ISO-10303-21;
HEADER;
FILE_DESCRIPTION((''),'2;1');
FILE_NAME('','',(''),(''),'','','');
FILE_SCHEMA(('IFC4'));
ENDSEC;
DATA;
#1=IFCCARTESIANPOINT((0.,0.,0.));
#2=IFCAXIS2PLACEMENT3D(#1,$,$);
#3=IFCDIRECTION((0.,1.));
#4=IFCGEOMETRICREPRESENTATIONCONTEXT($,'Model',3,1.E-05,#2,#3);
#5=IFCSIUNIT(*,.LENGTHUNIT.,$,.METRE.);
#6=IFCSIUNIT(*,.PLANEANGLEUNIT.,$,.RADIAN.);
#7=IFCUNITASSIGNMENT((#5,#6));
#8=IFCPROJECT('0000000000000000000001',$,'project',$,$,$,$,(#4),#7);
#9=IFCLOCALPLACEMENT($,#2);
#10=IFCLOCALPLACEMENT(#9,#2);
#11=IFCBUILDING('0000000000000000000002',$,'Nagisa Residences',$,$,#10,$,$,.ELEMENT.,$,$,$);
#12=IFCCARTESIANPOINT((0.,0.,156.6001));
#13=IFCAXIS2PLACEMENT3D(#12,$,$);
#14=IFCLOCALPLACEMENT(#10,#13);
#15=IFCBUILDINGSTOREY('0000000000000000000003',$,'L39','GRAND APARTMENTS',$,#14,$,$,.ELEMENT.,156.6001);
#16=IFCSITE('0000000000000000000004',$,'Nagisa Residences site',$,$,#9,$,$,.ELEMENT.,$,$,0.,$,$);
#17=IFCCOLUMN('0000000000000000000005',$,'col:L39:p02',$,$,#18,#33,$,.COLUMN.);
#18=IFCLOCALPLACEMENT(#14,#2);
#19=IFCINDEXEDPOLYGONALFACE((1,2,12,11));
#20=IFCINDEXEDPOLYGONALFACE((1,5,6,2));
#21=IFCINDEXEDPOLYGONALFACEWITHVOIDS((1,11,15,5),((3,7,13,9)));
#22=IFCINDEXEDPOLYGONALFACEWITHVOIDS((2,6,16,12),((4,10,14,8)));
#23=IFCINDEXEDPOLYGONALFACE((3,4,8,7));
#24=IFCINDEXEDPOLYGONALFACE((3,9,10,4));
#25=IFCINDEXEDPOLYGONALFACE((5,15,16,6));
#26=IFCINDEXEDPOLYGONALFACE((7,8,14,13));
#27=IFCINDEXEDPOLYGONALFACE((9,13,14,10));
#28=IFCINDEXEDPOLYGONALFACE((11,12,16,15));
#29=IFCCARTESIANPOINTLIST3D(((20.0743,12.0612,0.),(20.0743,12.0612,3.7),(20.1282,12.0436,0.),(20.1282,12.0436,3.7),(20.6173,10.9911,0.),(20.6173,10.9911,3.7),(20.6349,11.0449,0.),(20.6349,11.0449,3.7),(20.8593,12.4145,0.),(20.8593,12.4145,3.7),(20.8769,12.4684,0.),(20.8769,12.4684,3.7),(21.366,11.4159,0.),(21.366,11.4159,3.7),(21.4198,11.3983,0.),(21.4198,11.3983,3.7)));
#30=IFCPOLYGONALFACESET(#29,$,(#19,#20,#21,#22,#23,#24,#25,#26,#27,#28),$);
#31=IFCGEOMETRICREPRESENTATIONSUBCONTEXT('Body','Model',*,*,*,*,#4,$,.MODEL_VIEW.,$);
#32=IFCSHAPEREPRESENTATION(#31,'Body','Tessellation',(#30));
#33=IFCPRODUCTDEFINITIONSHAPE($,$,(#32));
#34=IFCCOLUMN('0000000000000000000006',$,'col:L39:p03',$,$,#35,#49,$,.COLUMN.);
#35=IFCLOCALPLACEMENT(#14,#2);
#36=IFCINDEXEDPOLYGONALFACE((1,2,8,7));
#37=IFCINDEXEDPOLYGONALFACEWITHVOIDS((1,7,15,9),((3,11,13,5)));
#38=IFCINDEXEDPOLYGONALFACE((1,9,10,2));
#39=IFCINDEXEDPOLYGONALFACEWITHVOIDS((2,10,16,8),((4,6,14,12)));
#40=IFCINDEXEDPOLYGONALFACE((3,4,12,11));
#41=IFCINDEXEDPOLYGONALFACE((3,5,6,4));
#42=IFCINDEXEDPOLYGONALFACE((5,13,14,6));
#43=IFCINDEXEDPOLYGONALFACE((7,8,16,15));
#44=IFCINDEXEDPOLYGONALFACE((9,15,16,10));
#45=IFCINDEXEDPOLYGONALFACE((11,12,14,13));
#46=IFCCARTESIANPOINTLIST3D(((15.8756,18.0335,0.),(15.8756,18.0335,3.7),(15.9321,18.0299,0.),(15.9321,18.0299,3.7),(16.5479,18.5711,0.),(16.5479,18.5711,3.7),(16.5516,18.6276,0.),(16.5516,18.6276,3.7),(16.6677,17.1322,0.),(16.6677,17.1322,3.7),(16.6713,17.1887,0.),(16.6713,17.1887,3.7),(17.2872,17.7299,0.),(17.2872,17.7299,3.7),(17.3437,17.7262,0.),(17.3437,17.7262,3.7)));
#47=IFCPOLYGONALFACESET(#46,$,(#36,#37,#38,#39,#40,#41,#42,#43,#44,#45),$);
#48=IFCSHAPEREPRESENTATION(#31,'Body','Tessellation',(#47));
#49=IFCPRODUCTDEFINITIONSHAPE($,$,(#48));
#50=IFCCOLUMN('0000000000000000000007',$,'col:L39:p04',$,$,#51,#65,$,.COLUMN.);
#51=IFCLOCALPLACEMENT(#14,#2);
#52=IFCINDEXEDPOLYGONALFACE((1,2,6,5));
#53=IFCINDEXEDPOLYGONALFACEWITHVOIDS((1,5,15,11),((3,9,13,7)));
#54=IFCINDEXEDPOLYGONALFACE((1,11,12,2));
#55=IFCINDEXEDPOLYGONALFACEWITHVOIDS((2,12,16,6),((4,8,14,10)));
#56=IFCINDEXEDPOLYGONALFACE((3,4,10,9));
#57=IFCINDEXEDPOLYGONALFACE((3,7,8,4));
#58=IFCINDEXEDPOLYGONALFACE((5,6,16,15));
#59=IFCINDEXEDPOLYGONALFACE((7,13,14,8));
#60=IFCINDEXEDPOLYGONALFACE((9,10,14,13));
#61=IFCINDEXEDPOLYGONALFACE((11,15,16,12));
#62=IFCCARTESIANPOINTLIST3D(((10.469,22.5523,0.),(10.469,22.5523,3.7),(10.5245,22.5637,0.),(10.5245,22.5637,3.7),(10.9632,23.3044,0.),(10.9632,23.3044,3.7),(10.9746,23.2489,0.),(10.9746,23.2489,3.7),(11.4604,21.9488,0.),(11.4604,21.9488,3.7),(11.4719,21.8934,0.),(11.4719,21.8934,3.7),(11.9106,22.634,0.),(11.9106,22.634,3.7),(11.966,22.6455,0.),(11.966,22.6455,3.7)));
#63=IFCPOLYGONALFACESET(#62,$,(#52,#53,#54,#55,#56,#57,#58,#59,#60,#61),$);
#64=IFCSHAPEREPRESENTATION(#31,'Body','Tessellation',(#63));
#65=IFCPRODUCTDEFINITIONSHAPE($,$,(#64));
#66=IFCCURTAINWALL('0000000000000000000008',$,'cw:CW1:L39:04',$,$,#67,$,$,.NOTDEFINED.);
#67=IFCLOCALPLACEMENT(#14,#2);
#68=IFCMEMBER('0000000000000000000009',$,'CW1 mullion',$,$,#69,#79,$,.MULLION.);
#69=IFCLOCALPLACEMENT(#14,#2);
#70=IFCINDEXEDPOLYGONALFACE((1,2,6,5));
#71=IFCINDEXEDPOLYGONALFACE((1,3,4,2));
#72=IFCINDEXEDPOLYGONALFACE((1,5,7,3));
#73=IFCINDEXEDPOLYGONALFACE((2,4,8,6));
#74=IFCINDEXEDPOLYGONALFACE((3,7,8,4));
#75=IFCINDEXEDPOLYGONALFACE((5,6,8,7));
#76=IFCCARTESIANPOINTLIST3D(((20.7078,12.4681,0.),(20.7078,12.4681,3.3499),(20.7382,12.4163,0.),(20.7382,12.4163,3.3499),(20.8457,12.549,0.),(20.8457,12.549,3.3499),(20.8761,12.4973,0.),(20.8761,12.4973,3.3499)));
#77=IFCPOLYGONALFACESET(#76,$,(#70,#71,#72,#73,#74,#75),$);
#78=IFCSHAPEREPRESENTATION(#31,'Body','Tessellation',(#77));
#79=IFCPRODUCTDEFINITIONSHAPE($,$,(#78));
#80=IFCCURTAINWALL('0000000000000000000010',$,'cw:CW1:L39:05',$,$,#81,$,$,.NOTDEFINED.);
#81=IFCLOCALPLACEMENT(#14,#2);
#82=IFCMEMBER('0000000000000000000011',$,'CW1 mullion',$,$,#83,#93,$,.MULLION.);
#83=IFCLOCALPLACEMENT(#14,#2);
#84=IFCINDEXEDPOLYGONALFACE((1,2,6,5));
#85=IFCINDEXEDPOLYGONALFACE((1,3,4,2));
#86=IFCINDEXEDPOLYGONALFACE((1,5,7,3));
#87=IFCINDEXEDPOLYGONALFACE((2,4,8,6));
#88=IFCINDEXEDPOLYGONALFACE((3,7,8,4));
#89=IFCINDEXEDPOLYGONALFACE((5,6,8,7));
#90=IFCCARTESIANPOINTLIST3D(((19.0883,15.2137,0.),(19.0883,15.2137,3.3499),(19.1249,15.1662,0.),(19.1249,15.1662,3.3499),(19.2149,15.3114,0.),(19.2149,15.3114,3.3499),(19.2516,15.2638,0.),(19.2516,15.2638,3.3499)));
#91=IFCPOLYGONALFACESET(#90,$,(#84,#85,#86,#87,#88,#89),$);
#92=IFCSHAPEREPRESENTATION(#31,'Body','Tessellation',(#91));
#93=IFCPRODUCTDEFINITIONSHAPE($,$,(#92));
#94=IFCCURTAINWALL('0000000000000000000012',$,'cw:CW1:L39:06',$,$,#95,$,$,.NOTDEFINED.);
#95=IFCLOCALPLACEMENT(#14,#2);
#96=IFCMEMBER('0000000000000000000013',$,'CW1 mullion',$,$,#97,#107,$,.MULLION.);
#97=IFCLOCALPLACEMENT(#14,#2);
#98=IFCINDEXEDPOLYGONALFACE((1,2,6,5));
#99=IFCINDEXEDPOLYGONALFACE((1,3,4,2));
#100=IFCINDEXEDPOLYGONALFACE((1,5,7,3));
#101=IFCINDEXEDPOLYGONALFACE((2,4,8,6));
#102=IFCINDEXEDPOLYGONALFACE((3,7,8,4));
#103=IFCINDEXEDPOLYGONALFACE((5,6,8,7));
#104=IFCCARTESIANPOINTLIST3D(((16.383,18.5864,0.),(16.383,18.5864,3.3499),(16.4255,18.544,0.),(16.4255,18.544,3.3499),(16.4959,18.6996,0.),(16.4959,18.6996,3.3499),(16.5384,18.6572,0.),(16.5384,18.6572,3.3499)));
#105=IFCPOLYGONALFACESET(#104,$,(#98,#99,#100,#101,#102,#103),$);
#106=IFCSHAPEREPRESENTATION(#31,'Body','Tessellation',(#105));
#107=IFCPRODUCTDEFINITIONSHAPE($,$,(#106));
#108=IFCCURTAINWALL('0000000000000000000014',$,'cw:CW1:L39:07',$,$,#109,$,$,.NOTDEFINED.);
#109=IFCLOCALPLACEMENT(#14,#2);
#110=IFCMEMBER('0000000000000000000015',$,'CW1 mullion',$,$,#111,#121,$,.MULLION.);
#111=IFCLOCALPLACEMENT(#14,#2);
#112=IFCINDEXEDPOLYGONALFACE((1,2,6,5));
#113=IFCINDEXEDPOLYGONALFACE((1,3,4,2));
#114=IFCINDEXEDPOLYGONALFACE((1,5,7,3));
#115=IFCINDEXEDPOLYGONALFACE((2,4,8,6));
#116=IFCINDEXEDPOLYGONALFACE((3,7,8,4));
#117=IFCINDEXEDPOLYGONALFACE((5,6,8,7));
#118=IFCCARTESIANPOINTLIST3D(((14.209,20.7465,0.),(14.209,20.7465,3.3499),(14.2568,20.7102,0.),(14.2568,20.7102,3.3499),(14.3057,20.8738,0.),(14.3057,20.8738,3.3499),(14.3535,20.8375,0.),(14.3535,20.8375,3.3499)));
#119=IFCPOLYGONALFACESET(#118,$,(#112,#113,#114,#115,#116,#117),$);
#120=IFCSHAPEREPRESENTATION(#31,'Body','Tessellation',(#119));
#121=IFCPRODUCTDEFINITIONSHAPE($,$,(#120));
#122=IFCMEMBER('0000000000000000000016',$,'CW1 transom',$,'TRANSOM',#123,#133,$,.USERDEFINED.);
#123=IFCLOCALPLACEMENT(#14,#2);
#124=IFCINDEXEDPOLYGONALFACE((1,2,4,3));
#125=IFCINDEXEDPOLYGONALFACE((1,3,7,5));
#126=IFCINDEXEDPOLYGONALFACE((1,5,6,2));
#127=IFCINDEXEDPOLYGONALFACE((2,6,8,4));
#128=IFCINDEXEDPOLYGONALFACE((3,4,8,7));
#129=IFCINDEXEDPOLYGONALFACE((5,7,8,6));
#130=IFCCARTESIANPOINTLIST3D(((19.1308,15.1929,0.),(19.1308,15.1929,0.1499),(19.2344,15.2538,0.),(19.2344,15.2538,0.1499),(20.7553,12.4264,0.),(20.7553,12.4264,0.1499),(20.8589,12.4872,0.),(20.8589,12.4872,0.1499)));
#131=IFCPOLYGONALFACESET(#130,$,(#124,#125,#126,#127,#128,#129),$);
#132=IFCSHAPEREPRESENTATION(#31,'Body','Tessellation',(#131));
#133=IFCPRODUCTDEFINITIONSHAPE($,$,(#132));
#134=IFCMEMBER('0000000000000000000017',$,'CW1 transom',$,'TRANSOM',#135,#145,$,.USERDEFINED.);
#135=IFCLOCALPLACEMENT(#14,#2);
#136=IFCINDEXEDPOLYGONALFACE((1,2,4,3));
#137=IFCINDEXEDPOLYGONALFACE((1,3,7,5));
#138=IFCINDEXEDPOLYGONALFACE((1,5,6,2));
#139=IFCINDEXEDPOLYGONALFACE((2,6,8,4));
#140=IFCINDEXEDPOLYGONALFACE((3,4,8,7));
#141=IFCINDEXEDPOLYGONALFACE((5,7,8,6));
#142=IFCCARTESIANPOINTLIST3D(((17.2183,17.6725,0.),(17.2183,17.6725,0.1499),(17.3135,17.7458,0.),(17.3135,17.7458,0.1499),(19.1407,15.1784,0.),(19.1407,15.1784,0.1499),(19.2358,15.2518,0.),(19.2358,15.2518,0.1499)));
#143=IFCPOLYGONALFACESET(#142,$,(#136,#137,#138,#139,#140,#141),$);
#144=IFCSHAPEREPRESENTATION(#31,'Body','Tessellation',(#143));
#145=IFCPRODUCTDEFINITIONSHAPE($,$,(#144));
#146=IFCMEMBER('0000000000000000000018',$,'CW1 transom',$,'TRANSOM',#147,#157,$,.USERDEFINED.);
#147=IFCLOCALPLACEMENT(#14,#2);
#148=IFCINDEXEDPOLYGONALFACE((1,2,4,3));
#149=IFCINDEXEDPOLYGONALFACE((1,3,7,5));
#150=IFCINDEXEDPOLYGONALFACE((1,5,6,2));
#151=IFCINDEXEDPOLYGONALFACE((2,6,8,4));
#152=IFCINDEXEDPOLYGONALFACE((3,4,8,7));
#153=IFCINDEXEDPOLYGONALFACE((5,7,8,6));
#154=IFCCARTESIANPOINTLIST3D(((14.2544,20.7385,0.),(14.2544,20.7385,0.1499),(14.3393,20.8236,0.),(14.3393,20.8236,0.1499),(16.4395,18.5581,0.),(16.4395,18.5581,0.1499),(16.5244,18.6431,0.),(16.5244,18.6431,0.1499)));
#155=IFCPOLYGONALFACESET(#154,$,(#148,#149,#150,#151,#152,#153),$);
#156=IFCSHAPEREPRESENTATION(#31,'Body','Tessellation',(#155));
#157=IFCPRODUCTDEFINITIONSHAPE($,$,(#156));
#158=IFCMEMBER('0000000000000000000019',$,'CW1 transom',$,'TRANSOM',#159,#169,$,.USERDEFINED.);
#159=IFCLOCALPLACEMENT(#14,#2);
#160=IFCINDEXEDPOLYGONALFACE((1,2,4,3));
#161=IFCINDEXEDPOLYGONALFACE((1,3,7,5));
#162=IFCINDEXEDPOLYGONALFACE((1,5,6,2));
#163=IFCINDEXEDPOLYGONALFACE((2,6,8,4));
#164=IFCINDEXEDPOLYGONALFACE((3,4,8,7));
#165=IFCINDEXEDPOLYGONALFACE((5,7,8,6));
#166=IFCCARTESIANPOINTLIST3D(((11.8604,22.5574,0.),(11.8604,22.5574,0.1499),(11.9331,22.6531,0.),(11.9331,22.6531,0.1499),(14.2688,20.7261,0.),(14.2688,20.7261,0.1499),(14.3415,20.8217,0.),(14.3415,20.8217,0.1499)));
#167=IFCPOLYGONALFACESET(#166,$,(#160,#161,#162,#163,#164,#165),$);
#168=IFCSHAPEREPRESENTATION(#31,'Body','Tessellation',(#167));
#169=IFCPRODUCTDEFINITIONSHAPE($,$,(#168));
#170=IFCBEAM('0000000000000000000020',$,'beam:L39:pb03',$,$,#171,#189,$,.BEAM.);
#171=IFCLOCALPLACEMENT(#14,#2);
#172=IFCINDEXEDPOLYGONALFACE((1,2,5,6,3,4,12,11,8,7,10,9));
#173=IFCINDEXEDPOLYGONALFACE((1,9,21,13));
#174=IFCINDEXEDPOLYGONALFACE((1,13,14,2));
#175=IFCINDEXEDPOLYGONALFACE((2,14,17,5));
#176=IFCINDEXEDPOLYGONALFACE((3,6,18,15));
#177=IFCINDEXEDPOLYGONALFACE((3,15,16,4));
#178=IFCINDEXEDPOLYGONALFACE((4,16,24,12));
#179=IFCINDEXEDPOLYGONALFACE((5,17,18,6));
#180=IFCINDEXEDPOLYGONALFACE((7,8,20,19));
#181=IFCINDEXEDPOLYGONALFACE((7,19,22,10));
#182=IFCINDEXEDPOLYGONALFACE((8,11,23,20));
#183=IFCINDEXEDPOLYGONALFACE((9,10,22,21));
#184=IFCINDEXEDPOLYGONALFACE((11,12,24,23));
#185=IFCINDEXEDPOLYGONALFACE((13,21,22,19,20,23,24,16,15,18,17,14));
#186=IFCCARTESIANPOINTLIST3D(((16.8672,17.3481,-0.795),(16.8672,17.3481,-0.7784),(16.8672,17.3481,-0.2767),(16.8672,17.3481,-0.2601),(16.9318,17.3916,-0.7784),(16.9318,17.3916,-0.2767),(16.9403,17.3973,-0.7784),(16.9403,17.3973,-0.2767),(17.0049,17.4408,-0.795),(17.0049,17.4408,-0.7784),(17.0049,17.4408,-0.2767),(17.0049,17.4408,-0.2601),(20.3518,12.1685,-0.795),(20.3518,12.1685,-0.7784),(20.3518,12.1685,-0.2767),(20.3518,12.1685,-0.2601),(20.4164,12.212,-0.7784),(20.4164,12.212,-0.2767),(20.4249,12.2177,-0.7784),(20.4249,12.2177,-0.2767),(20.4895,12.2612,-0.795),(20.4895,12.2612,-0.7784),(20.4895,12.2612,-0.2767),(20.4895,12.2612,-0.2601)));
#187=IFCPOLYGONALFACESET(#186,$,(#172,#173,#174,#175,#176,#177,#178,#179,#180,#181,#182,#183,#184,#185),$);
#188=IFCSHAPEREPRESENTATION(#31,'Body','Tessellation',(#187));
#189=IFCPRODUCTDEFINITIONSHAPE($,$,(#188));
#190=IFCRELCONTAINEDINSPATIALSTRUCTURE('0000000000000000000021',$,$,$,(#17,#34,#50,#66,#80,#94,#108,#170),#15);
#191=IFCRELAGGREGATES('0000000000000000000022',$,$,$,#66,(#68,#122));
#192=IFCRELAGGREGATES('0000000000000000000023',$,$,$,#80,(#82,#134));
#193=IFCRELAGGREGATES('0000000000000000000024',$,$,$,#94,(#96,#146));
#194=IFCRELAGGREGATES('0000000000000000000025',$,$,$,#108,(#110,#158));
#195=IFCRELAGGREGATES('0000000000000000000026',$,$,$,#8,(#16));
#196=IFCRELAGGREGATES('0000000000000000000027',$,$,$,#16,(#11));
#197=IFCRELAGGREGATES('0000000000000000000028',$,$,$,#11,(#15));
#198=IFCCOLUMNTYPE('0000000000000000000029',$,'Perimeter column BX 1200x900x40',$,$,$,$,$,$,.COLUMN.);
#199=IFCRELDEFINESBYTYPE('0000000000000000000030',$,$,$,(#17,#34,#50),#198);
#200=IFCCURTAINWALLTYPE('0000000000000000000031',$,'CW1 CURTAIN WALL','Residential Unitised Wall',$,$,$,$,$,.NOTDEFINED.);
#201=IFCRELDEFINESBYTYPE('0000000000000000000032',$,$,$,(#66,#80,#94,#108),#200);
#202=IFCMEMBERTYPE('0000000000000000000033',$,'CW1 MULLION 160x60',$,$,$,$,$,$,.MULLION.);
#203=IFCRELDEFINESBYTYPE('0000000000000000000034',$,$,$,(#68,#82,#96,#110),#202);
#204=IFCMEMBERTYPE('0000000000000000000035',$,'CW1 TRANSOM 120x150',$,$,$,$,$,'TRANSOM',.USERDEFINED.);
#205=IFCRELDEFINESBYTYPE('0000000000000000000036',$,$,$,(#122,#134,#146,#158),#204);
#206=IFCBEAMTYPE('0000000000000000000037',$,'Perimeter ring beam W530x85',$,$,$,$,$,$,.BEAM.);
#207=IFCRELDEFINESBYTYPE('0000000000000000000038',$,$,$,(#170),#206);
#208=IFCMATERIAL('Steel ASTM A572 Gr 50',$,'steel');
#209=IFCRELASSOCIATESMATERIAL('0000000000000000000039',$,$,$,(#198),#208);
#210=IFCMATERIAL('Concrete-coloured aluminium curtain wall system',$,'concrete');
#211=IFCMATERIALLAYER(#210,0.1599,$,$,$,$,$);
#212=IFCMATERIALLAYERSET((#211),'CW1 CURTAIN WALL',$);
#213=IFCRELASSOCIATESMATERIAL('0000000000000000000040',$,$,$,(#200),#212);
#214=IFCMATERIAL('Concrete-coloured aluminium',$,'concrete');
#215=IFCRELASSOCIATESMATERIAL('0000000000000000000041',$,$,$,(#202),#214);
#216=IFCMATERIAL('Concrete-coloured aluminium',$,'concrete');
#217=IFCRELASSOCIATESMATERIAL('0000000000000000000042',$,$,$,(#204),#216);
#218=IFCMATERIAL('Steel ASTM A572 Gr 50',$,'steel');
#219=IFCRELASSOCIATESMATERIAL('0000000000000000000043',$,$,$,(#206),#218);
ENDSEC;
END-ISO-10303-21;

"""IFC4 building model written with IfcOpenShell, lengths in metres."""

from ifc_helpers import new_model, si_unit, direction, frame, origin, origin_2d, place, context, subcontext, project, spatial, rectangle, hollow_rectangle, i_section, extrude, material, layer, layer_set, material_profile, profile_set, type_object, element, aggregate, save


model = new_model("IFC4")

# Units and contexts
model_context = context("Model", 3, precision=1e-05, world=origin(), true_north=direction((0.0, 1.0)))
body_context = subcontext(model_context, "Body", "Model", "MODEL_VIEW")
ifc_project = project(units=[si_unit("LENGTHUNIT", "METRE"), si_unit("PLANEANGLEUNIT", "RADIAN")], contexts=[model_context])

# Site, building, storey
site_placement = place(None, origin())
site = spatial("IfcSite", under=ifc_project, at=site_placement, Name="Nagisa Residences site", CompositionType="ELEMENT", RefElevation=0.0)
building_placement = place(site_placement, origin())
building = spatial("IfcBuilding", under=site, at=building_placement, Name="Nagisa Residences", CompositionType="ELEMENT")
storey_placement = place(building_placement, frame((0.0, 0.0, 156.6001)))
storey = spatial("IfcBuildingStorey", under=building, at=storey_placement, Name="L39", Description="GRAND APARTMENTS", CompositionType="ELEMENT", Elevation=156.6001)

# Columns
ifc_material_1 = material(Name="Steel ASTM A572 Gr 50", Category="steel")
ifc_material_profile_1 = material_profile(ifc_material_1, hollow_rectangle(XDim=1.2, YDim=0.8999, WallThickness=0.04, at=origin_2d()), Name="BX 1200x900x40")
ifc_profile_set_1 = profile_set([ifc_material_profile_1], Name="Steel ASTM A572 Gr 50")
column_type = type_object("IfcColumnType", Name="Perimeter column BX 1200x900x40", PredefinedType="COLUMN", material=ifc_profile_set_1)
for number, where, z_axis, x_axis, name in (
    (1, (20.7471, 11.7297, 0.0), (0.0, 0.0, 1.0), (-0.452463, 0.891783, 0.0), "col:L39:p02"),
    (2, (16.6096, 17.8799, 0.0), (0.0, 0.0, 1.0), (-0.660115, 0.751165, 0.0), "col:L39:p03"),
    (3, (11.2175, 22.5989, 0.0), (0.0, 0.0, 1.0), (-0.835766, 0.549086, 0.0), "col:L39:p04"),
):
    element("IfcColumn", number, at=place(storey_placement, frame(where, z_axis=z_axis, x_axis=x_axis)), inside=storey, type_object=column_type, Name=name, PredefinedType="COLUMN", context=body_context, shape_type="SweptSolid", body=[
        extrude(hollow_rectangle(XDim=1.2, YDim=0.8999, WallThickness=0.04, at=origin_2d()), origin(), (0.0, 0.0, 1.0), 3.7),
    ])

# Curtain walls, members
ifc_material_2 = material(Name="Concrete-coloured aluminium curtain wall system", Category="concrete")
ifc_layer_1 = layer(ifc_material_2, 0.1599)
ifc_layer_set_1 = layer_set([ifc_layer_1], Name="CW1 CURTAIN WALL")
curtain_wall_type = type_object("IfcCurtainWallType", Name="CW1 CURTAIN WALL", Description="Residential Unitised Wall", PredefinedType="NOTDEFINED", material=ifc_layer_set_1)
curtain_wall_1_placement = place(storey_placement, origin())
curtain_wall_1 = element("IfcCurtainWall", 4, at=curtain_wall_1_placement, inside=storey, type_object=curtain_wall_type, Name="cw:CW1:L39:04", PredefinedType="NOTDEFINED")
ifc_material_3 = material(Name="Concrete-coloured aluminium", Category="concrete")
ifc_material_profile_2 = material_profile(ifc_material_3, rectangle(XDim=0.1599, YDim=0.0601, at=origin_2d()), Name="CW1 MULLION 160x60")
ifc_profile_set_2 = profile_set([ifc_material_profile_2], Name="Concrete-coloured aluminium")
member_type_1 = type_object("IfcMemberType", Name="CW1 MULLION 160x60", PredefinedType="MULLION", material=ifc_profile_set_2)
member_1_placement = place(storey_placement, frame((20.792, 12.4827, 0.0), z_axis=(0.0, 0.0, 1.0), x_axis=(-0.862329, -0.506349, 0.0)))
member_1 = element("IfcMember", 5, at=member_1_placement, type_object=member_type_1, Name="CW1 mullion", PredefinedType="MULLION", context=body_context, shape_type="SweptSolid", body=[
    extrude(rectangle(XDim=0.1599, YDim=0.0601, at=origin_2d()), origin(), (0.0, 0.0, 1.0), 3.3499),
])
curtain_wall_2_placement = place(storey_placement, origin())
curtain_wall_2 = element("IfcCurtainWall", 6, at=curtain_wall_2_placement, inside=storey, type_object=curtain_wall_type, Name="cw:CW1:L39:05", PredefinedType="NOTDEFINED")
member_2_placement = place(storey_placement, frame((19.1699, 15.2388, 0.0), z_axis=(0.0, 0.0, 1.0), x_axis=(-0.79207, -0.61043, 0.0)))
member_2 = element("IfcMember", 7, at=member_2_placement, type_object=member_type_1, Name="CW1 mullion", PredefinedType="MULLION", context=body_context, shape_type="SweptSolid", body=[
    extrude(rectangle(XDim=0.1599, YDim=0.0601, at=origin_2d()), origin(), (0.0, 0.0, 1.0), 3.3499),
])
curtain_wall_3_placement = place(storey_placement, origin())
curtain_wall_3 = element("IfcCurtainWall", 8, at=curtain_wall_3_placement, inside=storey, type_object=curtain_wall_type, Name="cw:CW1:L39:06", PredefinedType="NOTDEFINED")
member_3_placement = place(storey_placement, frame((16.4607, 18.6218, 0.0), z_axis=(0.0, 0.0, 1.0), x_axis=(-0.706377, -0.707836, 0.0)))
member_3 = element("IfcMember", 9, at=member_3_placement, type_object=member_type_1, Name="CW1 mullion", PredefinedType="MULLION", context=body_context, shape_type="SweptSolid", body=[
    extrude(rectangle(XDim=0.1599, YDim=0.0601, at=origin_2d()), origin(), (0.0, 0.0, 1.0), 3.3499),
])
curtain_wall_4_placement = place(storey_placement, origin())
curtain_wall_4 = element("IfcCurtainWall", 10, at=curtain_wall_4_placement, inside=storey, type_object=curtain_wall_type, Name="cw:CW1:L39:07", PredefinedType="NOTDEFINED")
member_4_placement = place(storey_placement, frame((14.2812, 20.792, 0.0), z_axis=(0.0, 0.0, 1.0), x_axis=(-0.605255, -0.796031, 0.0)))
member_4 = element("IfcMember", 11, at=member_4_placement, type_object=member_type_1, Name="CW1 mullion", PredefinedType="MULLION", context=body_context, shape_type="SweptSolid", body=[
    extrude(rectangle(XDim=0.1599, YDim=0.0601, at=origin_2d()), origin(), (0.0, 0.0, 1.0), 3.3499),
])

# Members
ifc_material_4 = material(Name="Concrete-coloured aluminium", Category="concrete")
ifc_material_profile_3 = material_profile(ifc_material_4, rectangle(XDim=0.1201, YDim=0.1499, at=origin_2d()), Name="CW1 TRANSOM 120x150")
ifc_profile_set_3 = profile_set([ifc_material_profile_3], Name="Concrete-coloured aluminium")
member_type_2 = type_object("IfcMemberType", Name="CW1 TRANSOM 120x150", ElementType="TRANSOM", PredefinedType="USERDEFINED", material=ifc_profile_set_3)
member_5_placement = place(storey_placement, frame((20.8071, 12.4568, 0.075), z_axis=(-0.506348, 0.862329, 0.0), x_axis=(-0.862329, -0.506348, 0.0)))
member_5 = element("IfcMember", 12, at=member_5_placement, type_object=member_type_2, Name="CW1 transom", ObjectType="TRANSOM", PredefinedType="USERDEFINED", context=body_context, shape_type="SweptSolid", body=[
    extrude(rectangle(XDim=0.1201, YDim=0.1499, at=origin_2d()), origin(), (0.0, 0.0, 1.0), 3.2083),
])
member_6_placement = place(storey_placement, frame((19.1882, 15.2151, 0.075), z_axis=(-0.610467, 0.792041, 0.0), x_axis=(-0.792041, -0.610467, 0.0)))
member_6 = element("IfcMember", 13, at=member_6_placement, type_object=member_type_2, Name="CW1 transom", ObjectType="TRANSOM", PredefinedType="USERDEFINED", context=body_context, shape_type="SweptSolid", body=[
    extrude(rectangle(XDim=0.1201, YDim=0.1499, at=origin_2d()), origin(), (0.0, 0.0, 1.0), 3.1489),
])
member_7_placement = place(storey_placement, frame((16.4819, 18.6006, 0.075), z_axis=(-0.707858, 0.706355, 0.0), x_axis=(-0.706355, -0.707858, 0.0)))
member_7 = element("IfcMember", 14, at=member_7_placement, type_object=member_type_2, Name="CW1 transom", ObjectType="TRANSOM", PredefinedType="USERDEFINED", context=body_context, shape_type="SweptSolid", body=[
    extrude(rectangle(XDim=0.1201, YDim=0.1499, at=origin_2d()), origin(), (0.0, 0.0, 1.0), 3.0869),
])
member_8_placement = place(storey_placement, frame((14.3052, 20.7739, 0.075), z_axis=(-0.796022, 0.605267, 0.0), x_axis=(-0.605267, -0.796022, 0.0)))
member_8 = element("IfcMember", 15, at=member_8_placement, type_object=member_type_2, Name="CW1 transom", ObjectType="TRANSOM", PredefinedType="USERDEFINED", context=body_context, shape_type="SweptSolid", body=[
    extrude(rectangle(XDim=0.1201, YDim=0.1499, at=origin_2d()), origin(), (0.0, 0.0, 1.0), 3.0256),
])

# Beam
ifc_material_5 = material(Name="Steel ASTM A572 Gr 50", Category="steel")
ifc_material_profile_4 = material_profile(ifc_material_5, i_section(OverallWidth=0.166, OverallDepth=0.5349, WebThickness=0.0103, FlangeThickness=0.0166, at=origin_2d()), Name="W530x85")
ifc_profile_set_4 = profile_set([ifc_material_profile_4], Name="Steel ASTM A572 Gr 50")
beam_type_1 = type_object("IfcBeamType", Name="Perimeter ring beam W530x85", PredefinedType="BEAM", material=ifc_profile_set_4)
beam_1_placement = place(storey_placement, frame((20.4207, 12.2148, -0.5276), z_axis=(-0.558188, 0.829715, 0.0), x_axis=(-0.829715, -0.558188, 0.0)))
element("IfcBeam", 16, at=beam_1_placement, inside=storey, type_object=beam_type_1, Name="beam:L39:pb03", PredefinedType="BEAM", context=body_context, shape_type="SweptSolid", body=[
    extrude(i_section(OverallWidth=0.166, OverallDepth=0.5349, WebThickness=0.0103, FlangeThickness=0.0166, at=origin_2d()), origin(), (0.0, 0.0, 1.0), 6.2427),
])

aggregate(curtain_wall_1, [member_1, member_5])
aggregate(curtain_wall_2, [member_2, member_6])
aggregate(curtain_wall_3, [member_3, member_7])
aggregate(curtain_wall_4, [member_4, member_8])

save(model, "model.ifc")
